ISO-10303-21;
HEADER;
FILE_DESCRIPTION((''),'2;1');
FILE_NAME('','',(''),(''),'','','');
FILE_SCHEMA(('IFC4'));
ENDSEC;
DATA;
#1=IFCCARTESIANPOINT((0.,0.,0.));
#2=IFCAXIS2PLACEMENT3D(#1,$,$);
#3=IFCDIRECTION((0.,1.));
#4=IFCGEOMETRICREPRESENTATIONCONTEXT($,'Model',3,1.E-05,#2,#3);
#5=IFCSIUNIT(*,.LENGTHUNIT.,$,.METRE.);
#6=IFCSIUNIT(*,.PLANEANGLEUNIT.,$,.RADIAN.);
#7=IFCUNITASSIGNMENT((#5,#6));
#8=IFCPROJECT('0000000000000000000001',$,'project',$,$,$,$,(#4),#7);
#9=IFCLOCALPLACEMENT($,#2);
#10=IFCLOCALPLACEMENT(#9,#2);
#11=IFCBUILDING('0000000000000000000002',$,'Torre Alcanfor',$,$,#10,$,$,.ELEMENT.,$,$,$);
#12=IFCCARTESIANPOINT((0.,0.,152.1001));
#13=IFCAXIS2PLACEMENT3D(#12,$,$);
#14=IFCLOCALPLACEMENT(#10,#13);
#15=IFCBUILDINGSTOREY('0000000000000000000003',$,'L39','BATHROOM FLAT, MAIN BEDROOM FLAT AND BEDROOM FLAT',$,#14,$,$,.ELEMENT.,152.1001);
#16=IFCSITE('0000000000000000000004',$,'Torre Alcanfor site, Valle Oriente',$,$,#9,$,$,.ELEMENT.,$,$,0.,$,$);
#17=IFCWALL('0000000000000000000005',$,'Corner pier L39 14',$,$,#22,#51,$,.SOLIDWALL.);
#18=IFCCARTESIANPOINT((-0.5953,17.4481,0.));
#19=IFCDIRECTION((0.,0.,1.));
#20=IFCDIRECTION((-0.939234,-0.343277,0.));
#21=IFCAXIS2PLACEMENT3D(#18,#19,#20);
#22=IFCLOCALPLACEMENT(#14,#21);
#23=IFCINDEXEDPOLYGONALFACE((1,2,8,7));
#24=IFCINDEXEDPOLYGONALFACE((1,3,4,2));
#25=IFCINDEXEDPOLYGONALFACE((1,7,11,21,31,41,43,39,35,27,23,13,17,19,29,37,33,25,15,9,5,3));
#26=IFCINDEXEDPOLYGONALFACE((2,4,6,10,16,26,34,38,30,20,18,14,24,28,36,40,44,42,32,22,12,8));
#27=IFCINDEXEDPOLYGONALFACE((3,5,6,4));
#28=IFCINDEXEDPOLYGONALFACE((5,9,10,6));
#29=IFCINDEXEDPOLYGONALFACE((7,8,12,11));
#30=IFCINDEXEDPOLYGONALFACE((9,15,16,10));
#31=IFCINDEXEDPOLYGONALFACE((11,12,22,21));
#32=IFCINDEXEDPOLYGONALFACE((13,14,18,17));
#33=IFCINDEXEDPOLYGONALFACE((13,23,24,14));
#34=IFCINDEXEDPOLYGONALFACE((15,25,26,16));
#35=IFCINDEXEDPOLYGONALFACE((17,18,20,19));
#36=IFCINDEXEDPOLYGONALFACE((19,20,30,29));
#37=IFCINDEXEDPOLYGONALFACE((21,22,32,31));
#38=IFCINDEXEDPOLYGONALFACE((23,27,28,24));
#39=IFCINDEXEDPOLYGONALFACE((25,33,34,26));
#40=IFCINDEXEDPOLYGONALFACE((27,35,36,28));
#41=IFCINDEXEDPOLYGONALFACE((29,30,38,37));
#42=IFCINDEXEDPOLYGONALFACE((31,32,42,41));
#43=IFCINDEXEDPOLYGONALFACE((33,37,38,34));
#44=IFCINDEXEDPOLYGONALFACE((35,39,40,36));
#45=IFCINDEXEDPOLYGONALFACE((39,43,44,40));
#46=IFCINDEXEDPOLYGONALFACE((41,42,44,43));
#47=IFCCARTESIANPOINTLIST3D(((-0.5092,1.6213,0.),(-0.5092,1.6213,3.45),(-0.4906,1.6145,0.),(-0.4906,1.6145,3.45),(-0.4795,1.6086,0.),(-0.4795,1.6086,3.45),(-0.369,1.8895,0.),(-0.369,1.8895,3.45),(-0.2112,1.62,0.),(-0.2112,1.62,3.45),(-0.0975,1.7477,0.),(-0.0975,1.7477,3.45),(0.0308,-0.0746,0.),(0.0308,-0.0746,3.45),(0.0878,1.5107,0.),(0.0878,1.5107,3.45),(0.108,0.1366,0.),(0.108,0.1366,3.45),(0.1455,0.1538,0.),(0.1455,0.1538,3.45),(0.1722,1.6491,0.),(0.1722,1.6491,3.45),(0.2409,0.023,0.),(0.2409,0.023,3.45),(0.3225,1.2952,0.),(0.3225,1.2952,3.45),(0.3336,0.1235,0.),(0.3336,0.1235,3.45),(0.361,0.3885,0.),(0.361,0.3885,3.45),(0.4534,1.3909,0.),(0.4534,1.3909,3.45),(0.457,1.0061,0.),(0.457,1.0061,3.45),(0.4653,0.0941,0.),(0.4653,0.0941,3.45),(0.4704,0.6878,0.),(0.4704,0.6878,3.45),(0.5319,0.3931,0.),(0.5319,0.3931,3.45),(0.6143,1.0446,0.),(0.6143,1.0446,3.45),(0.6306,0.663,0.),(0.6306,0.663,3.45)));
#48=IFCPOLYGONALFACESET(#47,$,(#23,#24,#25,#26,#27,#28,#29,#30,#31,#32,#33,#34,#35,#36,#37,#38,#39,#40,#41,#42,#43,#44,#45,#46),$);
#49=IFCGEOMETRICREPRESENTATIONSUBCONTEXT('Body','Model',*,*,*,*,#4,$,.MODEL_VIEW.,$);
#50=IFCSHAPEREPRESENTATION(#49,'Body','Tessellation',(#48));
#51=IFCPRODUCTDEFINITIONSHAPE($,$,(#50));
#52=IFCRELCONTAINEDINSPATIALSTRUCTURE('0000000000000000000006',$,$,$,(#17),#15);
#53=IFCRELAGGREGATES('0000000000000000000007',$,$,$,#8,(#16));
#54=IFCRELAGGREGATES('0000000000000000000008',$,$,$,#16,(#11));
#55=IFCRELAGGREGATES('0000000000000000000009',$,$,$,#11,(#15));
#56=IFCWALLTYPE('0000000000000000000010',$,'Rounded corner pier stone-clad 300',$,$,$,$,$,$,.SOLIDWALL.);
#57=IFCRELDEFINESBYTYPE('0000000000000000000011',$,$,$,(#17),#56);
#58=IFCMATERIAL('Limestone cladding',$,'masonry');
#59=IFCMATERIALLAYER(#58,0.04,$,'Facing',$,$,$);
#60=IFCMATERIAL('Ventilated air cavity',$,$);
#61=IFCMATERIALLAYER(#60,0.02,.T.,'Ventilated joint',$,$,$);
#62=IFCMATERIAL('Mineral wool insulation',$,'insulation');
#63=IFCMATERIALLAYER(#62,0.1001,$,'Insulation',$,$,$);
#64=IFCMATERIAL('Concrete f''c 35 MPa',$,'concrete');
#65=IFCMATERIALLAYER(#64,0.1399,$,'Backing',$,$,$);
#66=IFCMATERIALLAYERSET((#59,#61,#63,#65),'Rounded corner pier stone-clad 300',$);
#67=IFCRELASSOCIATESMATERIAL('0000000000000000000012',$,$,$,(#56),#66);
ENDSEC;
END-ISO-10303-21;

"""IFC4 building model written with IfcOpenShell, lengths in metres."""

from ifc_helpers import new_model, si_unit, direction, frame, origin, place, context, subcontext, project, spatial, polyline, outline, extrude, material, layer, layer_set, type_object, element, save


model = new_model("IFC4")

# Units and contexts
model_context = context("Model", 3, precision=1e-05, world=origin(), true_north=direction((0.0, 1.0)))
body_context = subcontext(model_context, "Body", "Model", "MODEL_VIEW")
ifc_project = project(units=[si_unit("LENGTHUNIT", "METRE"), si_unit("PLANEANGLEUNIT", "RADIAN")], contexts=[model_context])

# Site, building, storey
site_placement = place(None, origin())
site = spatial("IfcSite", under=ifc_project, at=site_placement, Name="Torre Alcanfor site, Valle Oriente", CompositionType="ELEMENT", RefElevation=0.0)
building_placement = place(site_placement, origin())
building = spatial("IfcBuilding", under=site, at=building_placement, Name="Torre Alcanfor", CompositionType="ELEMENT")
storey_placement = place(building_placement, frame((0.0, 0.0, 152.1001)))
storey = spatial("IfcBuildingStorey", under=building, at=storey_placement, Name="L39", Description="BATHROOM FLAT, MAIN BEDROOM FLAT AND BEDROOM FLAT", CompositionType="ELEMENT", Elevation=152.1001)

# Shared definitions
ifc_material_1 = material(Name="Limestone cladding", Category="masonry")
ifc_material_2 = material(Name="Ventilated air cavity")
ifc_material_3 = material(Name="Mineral wool insulation", Category="insulation")
ifc_material_4 = material(Name="Concrete f'c 35 MPa", Category="concrete")

# Wall
ifc_layer_1 = layer(ifc_material_1, 0.04, Name="Facing")
ifc_layer_2 = layer(ifc_material_2, 0.02, ventilated=True, Name="Ventilated joint")
ifc_layer_3 = layer(ifc_material_3, 0.1001, Name="Insulation")
ifc_layer_4 = layer(ifc_material_4, 0.1399, Name="Backing")
ifc_layer_set_1 = layer_set([ifc_layer_1, ifc_layer_2, ifc_layer_3, ifc_layer_4], Name="Rounded corner pier stone-clad 300")
wall_type_1 = type_object("IfcWallType", Name="Rounded corner pier stone-clad 300", PredefinedType="SOLIDWALL", material=ifc_layer_set_1)
wall_1_placement = place(storey_placement, frame((-0.5953, 17.4481, 0.0), z_axis=(0.0, 0.0, 1.0), x_axis=(-0.939234, -0.343277, 0.0)))
element("IfcWall", 1, at=wall_1_placement, inside=storey, type_object=wall_type_1, Name="Corner pier L39 14", PredefinedType="SOLIDWALL", context=body_context, shape_type="SweptSolid", body=[
    extrude(outline(polyline([(-0.369, 1.8895), (-0.5092, 1.6213), (-0.4906, 1.6145), (-0.4795, 1.6086), (-0.2112, 1.62), (0.0878, 1.5107), (0.3225, 1.2952), (0.457, 1.0061), (0.4704, 0.6878), (0.361, 0.3885), (0.1455, 0.1538), (0.108, 0.1366), (0.0308, -0.0746), (0.2409, 0.023), (0.3336, 0.1235), (0.4653, 0.0941), (0.5319, 0.3931), (0.6306, 0.663), (0.6143, 1.0446), (0.4534, 1.3909), (0.1722, 1.6491), (-0.0975, 1.7477), (-0.369, 1.8895)])), origin(), (0.0, 0.0, 1.0), 3.45),
])

save(model, "model.ifc")
